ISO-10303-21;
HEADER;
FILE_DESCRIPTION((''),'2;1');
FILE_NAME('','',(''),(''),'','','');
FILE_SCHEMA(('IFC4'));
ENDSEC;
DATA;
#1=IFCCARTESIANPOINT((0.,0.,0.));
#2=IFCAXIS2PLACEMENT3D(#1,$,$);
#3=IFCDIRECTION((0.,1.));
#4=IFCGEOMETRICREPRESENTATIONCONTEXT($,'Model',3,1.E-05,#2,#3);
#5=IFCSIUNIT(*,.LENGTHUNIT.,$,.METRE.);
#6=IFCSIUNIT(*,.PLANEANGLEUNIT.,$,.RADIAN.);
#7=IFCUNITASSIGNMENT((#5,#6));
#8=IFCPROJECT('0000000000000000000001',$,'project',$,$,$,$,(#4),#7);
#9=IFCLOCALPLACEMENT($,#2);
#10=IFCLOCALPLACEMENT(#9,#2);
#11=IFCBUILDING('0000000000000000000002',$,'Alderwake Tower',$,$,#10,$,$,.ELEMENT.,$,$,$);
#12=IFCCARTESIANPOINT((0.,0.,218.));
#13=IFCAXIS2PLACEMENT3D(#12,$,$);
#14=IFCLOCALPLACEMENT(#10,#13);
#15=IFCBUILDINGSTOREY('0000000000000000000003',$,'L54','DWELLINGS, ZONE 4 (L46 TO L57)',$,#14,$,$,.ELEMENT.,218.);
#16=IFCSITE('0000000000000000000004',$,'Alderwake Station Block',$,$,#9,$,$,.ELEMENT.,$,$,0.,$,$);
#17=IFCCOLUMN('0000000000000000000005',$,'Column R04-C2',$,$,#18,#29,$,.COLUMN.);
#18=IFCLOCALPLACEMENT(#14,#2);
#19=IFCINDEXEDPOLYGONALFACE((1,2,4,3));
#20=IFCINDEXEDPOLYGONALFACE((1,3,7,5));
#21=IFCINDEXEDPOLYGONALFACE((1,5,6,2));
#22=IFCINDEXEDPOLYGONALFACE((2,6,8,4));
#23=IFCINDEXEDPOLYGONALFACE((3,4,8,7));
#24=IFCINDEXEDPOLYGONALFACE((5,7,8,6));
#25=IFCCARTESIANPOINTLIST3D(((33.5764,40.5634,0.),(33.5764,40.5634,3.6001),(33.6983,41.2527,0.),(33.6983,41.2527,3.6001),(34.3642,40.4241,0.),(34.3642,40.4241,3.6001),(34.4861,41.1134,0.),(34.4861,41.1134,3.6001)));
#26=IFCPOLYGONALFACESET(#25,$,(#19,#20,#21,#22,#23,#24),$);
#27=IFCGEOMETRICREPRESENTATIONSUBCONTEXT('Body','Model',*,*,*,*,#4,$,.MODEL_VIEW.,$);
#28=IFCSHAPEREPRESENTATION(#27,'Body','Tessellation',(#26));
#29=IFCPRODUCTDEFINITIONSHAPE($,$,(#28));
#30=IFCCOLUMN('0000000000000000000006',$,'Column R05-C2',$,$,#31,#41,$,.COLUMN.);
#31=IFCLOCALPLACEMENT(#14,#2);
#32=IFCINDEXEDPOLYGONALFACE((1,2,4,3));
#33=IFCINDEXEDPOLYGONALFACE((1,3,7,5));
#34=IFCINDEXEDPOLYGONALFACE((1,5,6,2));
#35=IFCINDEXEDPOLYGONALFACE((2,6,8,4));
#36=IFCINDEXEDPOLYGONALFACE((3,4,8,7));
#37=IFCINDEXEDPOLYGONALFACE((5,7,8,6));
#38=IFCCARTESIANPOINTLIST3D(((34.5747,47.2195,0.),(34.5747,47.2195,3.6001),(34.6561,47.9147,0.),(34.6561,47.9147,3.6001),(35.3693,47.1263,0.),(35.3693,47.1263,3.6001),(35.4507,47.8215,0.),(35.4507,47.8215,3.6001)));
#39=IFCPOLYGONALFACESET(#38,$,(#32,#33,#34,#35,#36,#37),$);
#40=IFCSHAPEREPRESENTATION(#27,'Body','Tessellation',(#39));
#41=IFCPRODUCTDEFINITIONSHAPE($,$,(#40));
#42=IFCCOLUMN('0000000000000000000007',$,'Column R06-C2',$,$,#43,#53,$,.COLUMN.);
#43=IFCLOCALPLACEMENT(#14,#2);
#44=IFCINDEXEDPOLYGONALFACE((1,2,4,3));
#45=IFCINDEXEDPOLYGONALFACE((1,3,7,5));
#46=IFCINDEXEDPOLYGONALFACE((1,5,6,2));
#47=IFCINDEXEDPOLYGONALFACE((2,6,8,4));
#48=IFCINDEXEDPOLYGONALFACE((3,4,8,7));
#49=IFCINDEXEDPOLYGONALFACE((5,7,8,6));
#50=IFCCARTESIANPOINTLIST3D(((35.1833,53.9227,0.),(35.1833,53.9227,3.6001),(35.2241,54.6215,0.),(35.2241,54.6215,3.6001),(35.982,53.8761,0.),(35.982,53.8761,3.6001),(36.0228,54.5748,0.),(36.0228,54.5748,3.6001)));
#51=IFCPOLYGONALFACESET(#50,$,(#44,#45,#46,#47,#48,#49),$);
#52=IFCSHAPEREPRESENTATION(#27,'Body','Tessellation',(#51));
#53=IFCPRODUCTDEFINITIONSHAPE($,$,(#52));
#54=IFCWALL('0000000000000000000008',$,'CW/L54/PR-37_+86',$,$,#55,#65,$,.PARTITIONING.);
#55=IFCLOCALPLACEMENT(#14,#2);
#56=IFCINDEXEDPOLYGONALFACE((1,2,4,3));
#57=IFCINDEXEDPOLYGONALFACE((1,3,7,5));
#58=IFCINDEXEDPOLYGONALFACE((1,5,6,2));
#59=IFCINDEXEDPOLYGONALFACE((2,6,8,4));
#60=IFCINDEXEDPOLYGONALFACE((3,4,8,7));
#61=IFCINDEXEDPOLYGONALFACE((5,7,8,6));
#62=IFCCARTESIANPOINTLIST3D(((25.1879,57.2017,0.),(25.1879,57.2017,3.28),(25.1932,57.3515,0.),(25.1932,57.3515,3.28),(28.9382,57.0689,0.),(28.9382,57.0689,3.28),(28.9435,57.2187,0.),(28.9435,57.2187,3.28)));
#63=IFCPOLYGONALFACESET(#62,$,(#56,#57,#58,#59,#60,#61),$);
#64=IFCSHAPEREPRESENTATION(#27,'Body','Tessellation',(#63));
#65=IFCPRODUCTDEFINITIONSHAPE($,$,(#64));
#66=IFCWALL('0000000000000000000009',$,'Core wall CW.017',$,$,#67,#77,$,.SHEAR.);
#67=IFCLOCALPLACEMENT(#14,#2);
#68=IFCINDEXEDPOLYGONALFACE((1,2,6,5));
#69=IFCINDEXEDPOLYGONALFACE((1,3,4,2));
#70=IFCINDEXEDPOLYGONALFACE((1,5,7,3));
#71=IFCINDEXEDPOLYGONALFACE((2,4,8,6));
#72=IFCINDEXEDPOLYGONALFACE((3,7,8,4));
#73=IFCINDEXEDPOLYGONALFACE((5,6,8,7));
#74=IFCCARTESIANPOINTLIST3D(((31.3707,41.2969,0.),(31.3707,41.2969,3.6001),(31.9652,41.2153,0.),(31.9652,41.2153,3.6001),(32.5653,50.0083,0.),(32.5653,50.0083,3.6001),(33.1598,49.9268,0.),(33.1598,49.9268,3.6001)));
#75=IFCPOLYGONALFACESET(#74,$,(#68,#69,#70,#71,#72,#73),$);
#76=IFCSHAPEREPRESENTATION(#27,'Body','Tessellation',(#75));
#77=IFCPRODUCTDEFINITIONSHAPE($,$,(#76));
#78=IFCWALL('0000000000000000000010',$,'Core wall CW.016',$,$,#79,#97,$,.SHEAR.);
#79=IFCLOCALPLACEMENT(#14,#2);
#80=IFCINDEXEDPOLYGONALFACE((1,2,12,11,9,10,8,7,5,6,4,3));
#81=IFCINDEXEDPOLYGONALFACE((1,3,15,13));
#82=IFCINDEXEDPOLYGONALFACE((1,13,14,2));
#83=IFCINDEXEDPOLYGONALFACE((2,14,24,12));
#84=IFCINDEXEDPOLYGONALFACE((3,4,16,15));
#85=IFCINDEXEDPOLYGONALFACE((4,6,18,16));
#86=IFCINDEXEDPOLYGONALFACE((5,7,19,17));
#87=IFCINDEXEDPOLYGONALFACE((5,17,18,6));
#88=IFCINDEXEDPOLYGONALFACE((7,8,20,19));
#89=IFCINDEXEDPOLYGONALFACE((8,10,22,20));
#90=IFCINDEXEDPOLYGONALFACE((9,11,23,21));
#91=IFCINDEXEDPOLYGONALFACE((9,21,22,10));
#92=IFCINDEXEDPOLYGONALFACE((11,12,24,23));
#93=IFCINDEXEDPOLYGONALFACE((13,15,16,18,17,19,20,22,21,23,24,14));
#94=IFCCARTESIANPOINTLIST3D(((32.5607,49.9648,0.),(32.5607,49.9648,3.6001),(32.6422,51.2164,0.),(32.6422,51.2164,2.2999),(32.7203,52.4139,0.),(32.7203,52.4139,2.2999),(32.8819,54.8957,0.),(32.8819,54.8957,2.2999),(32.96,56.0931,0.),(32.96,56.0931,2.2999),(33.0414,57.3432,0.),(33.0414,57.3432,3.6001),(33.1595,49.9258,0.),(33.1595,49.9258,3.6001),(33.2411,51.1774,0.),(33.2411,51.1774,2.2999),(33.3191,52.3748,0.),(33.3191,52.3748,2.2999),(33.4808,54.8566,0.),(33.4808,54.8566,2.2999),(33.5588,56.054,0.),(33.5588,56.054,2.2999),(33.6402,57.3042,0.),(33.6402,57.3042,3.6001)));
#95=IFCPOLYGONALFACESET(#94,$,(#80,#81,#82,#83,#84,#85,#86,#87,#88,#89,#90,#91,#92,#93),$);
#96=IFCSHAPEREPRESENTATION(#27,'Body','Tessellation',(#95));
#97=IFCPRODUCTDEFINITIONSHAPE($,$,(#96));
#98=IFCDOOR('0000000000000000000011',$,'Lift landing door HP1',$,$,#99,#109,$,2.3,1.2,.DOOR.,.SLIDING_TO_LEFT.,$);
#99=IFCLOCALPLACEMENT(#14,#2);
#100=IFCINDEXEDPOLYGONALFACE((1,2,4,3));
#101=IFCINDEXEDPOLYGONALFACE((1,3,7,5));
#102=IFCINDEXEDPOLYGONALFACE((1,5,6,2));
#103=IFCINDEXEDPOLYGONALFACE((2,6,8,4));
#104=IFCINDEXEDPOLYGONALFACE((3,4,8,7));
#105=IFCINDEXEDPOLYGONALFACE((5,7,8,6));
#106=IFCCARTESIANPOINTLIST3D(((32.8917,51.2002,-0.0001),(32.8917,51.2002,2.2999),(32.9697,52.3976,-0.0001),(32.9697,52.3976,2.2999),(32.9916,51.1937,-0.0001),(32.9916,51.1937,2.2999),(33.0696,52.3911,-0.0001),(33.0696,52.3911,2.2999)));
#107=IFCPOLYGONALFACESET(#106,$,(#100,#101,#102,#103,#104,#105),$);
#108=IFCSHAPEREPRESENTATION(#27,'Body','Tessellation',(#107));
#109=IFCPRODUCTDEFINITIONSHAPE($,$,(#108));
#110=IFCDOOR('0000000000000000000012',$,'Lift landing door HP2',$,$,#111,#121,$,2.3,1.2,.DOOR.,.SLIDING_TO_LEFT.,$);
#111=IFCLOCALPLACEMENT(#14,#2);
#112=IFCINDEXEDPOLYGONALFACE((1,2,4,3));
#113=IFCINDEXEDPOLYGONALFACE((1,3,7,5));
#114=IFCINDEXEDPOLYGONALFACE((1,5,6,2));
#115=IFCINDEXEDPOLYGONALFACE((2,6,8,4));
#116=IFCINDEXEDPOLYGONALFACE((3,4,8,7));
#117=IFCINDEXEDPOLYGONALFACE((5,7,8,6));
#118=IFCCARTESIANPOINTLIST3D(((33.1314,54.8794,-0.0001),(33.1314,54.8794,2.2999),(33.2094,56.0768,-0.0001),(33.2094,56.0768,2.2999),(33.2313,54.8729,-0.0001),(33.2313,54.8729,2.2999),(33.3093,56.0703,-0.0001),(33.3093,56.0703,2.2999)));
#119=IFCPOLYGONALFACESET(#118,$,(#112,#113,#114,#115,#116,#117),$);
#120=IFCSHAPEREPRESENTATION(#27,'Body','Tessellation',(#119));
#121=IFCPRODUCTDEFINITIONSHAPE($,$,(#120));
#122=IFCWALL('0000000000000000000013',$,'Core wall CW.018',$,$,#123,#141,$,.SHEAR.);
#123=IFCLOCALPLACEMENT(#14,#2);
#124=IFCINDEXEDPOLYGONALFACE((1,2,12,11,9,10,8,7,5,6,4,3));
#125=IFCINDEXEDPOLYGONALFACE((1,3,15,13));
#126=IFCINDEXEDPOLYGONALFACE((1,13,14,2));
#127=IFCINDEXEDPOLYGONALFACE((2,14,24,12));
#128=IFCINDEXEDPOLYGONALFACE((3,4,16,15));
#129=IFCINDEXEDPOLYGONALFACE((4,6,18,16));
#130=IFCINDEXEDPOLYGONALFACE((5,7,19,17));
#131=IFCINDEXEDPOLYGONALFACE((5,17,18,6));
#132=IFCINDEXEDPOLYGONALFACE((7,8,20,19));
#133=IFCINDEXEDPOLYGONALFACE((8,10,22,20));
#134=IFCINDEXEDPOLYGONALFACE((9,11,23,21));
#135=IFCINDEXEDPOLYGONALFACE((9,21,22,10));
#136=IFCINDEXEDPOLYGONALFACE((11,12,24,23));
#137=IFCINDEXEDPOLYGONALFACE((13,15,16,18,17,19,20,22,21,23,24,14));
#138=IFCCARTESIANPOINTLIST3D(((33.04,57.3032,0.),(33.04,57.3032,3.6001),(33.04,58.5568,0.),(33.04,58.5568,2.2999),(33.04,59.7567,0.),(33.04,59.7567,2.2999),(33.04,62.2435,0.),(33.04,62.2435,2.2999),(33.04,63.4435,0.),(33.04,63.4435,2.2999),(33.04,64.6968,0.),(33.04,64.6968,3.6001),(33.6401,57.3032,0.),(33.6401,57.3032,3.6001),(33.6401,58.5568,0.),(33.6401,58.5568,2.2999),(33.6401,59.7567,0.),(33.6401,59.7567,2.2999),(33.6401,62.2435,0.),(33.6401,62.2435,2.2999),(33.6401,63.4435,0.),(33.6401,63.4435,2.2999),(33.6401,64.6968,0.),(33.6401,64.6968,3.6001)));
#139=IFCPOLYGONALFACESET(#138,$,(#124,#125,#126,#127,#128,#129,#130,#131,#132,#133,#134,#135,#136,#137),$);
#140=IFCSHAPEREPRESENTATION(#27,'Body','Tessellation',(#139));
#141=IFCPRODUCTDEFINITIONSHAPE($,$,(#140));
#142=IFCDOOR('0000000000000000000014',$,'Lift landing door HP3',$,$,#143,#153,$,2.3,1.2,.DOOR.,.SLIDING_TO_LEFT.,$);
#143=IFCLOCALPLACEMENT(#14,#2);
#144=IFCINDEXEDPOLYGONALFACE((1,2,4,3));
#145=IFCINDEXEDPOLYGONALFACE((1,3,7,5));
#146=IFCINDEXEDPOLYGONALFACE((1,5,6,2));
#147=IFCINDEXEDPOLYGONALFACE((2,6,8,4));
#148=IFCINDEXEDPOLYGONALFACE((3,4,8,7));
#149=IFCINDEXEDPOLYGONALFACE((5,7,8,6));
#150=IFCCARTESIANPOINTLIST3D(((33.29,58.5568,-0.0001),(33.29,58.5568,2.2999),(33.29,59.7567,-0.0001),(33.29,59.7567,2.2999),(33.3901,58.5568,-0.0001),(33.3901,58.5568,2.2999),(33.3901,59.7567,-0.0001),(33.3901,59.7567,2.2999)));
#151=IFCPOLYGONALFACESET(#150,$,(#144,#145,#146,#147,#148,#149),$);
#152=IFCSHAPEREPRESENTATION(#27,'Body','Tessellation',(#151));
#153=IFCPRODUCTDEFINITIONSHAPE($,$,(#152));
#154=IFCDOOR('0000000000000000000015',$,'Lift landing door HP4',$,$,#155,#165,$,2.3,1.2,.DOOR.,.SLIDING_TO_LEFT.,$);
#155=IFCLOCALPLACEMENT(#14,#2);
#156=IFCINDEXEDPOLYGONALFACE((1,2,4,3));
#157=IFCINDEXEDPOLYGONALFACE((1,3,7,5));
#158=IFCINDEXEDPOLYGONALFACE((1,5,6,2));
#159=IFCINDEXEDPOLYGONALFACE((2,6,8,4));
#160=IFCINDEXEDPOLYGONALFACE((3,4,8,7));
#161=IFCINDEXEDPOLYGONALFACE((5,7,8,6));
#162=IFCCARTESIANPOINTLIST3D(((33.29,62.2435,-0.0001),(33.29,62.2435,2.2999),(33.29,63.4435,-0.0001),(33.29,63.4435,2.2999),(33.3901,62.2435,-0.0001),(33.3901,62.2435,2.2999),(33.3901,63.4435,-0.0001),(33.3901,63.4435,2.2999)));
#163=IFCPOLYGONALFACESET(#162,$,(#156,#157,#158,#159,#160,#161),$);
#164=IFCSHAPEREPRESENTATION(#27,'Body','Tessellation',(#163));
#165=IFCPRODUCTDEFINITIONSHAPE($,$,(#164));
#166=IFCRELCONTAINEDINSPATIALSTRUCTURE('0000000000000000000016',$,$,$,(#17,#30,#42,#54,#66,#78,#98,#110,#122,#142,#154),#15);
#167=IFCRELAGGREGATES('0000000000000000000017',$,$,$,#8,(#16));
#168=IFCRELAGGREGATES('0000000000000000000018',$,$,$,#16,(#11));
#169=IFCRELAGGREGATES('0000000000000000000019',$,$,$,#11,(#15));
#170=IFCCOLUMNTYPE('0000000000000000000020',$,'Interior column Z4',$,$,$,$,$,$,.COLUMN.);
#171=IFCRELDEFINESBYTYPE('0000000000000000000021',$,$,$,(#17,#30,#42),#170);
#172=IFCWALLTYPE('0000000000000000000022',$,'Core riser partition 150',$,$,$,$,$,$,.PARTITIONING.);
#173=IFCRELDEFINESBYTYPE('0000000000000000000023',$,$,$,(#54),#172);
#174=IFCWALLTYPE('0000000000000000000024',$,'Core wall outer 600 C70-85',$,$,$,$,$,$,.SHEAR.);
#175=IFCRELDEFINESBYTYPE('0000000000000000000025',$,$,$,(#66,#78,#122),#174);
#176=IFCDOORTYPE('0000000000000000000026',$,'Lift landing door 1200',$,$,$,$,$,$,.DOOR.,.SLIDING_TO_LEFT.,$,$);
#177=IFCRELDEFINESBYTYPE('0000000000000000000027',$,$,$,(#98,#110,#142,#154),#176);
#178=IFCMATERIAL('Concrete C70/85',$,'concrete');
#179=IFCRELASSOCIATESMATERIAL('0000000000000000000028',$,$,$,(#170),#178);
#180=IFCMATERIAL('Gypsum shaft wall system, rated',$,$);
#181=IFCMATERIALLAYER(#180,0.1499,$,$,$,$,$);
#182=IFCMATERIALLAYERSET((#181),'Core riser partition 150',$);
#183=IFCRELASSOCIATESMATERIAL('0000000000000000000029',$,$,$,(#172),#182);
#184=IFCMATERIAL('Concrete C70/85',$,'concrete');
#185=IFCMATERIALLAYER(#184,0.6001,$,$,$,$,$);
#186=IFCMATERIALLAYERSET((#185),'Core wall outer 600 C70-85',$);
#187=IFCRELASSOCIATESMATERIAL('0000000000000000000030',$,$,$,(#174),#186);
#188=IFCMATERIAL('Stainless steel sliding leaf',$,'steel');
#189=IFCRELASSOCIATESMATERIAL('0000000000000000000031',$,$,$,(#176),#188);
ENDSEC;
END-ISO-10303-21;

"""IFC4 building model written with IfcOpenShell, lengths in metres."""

from ifc_helpers import new_model, si_unit, direction, frame, frame_2d, origin, origin_2d, place, context, subcontext, project, spatial, rectangle, extrude, material, layer, layer_set, material_profile, profile_set, type_object, element, fill, save


model = new_model("IFC4")

# Units and contexts
model_context = context("Model", 3, precision=1e-05, world=origin(), true_north=direction((0.0, 1.0)))
body_context = subcontext(model_context, "Body", "Model", "MODEL_VIEW")
ifc_project = project(units=[si_unit("LENGTHUNIT", "METRE"), si_unit("PLANEANGLEUNIT", "RADIAN")], contexts=[model_context])

# Site, building, storey
site_placement = place(None, origin())
site = spatial("IfcSite", under=ifc_project, at=site_placement, Name="Alderwake Station Block", CompositionType="ELEMENT", RefElevation=0.0)
building_placement = place(site_placement, origin())
building = spatial("IfcBuilding", under=site, at=building_placement, Name="Alderwake Tower", CompositionType="ELEMENT")
storey_placement = place(building_placement, frame((0.0, 0.0, 218.0)))
storey = spatial("IfcBuildingStorey", under=building, at=storey_placement, Name="L54", Description="DWELLINGS, ZONE 4 (L46 TO L57)", CompositionType="ELEMENT", Elevation=218.0)

# Columns
ifc_material_1 = material(Name="Concrete C70/85", Category="concrete")
ifc_material_profile = material_profile(ifc_material_1, rectangle(XDim=0.7, YDim=0.8, at=origin_2d()), Name="RC 800X700")
ifc_profile_set = profile_set([ifc_material_profile], Name="Concrete C70/85")
column_type = type_object("IfcColumnType", Name="Interior column Z4", PredefinedType="COLUMN", material=ifc_profile_set)
for number, where, z_axis, x_axis, name in (
    (1, (34.0312, 40.8384, 0.0), (0.0, 0.0, 1.0), (0.174109, 0.984726, 0.0), "Column R04-C2"),
    (2, (35.0127, 47.5205, 0.0), (0.0, 0.0, 1.0), (0.116402, 0.993202, 0.0), "Column R05-C2"),
    (3, (35.603, 54.2488, 0.0), (0.0, 0.0, 1.0), (0.058301, 0.998299, 0.0), "Column R06-C2"),
):
    element("IfcColumn", number, at=place(storey_placement, frame(where, z_axis=z_axis, x_axis=x_axis)), inside=storey, type_object=column_type, Name=name, PredefinedType="COLUMN", context=body_context, shape_type="SweptSolid", body=[
        extrude(rectangle(XDim=0.7, YDim=0.8, at=origin_2d()), origin(), (0.0, 0.0, 1.0), 3.6001),
    ])

# Walls
ifc_material_2 = material(Name="Gypsum shaft wall system, rated")
ifc_layer_1 = layer(ifc_material_2, 0.1499)
ifc_layer_set_1 = layer_set([ifc_layer_1], Name="Core riser partition 150")
wall_type_1 = type_object("IfcWallType", Name="Core riser partition 150", PredefinedType="PARTITIONING", material=ifc_layer_set_1)
wall_1_placement = place(storey_placement, frame((25.1904, 57.2766, 0.0), z_axis=(0.0, 0.0, 1.0), x_axis=(0.999374, -0.035392, 0.0)))
element("IfcWall", 4, at=wall_1_placement, inside=storey, type_object=wall_type_1, Name="CW/L54/PR-37_+86", PredefinedType="PARTITIONING", context=body_context, shape_type="SweptSolid", body=[
    extrude(rectangle(XDim=3.7527, YDim=0.1499, at=frame_2d((1.8765, 0.0))), origin(), (0.0, 0.0, 1.0), 3.28),
])
ifc_material_3 = material(Name="Concrete C70/85", Category="concrete")
ifc_layer_2 = layer(ifc_material_3, 0.6001)
ifc_layer_set_2 = layer_set([ifc_layer_2], Name="Core wall outer 600 C70-85")
wall_type_2 = type_object("IfcWallType", Name="Core wall outer 600 C70-85", PredefinedType="SHEAR", material=ifc_layer_set_2)
wall_2_placement = place(storey_placement, frame((31.668, 41.2561, 0.0), z_axis=(0.0, 0.0, 1.0), x_axis=(0.135857, 0.990729, 0.0)))
element("IfcWall", 5, at=wall_2_placement, inside=storey, type_object=wall_type_2, Name="Core wall CW.017", PredefinedType="SHEAR", context=body_context, shape_type="SweptSolid", body=[
    extrude(rectangle(XDim=8.793, YDim=0.6001, at=frame_2d((4.3965, 0.0))), origin(), (0.0, 0.0, 1.0), 3.6001),
])

# Walls, openings, doors
wall_3_placement = place(storey_placement, frame((32.8601, 49.9453, 0.0), z_axis=(0.0, 0.0, 1.0), x_axis=(0.065013, 0.997884, 0.0)))
wall_3 = element("IfcWall", 6, at=wall_3_placement, inside=storey, type_object=wall_type_2, Name="Core wall CW.016", PredefinedType="SHEAR", context=body_context, shape_type="SweptSolid", body=[
    extrude(rectangle(XDim=7.394, YDim=0.6001, at=frame_2d((3.697, 0.0))), origin(), (0.0, 0.0, 1.0), 3.6001),
])
opening_1_placement = place(wall_3_placement, frame((1.2542, 0.0, 0.0)))
opening_1 = element("IfcOpeningElement", 7, at=opening_1_placement, cuts=wall_3, PredefinedType="OPENING", context=body_context, shape_type="SweptSolid", body=[
    extrude(rectangle(XDim=1.2, YDim=2.3, at=frame_2d((0.6001, 1.1499))), frame((0.0, 0.3101, 0.0), z_axis=(0.0, -1.0, 0.0), x_axis=(1.0, 0.0, 0.0)), (0.0, 0.0, 1.0), 0.6201),
])
opening_2_placement = place(wall_3_placement, frame((4.9412, 0.0, 0.0)))
opening_2 = element("IfcOpeningElement", 8, at=opening_2_placement, cuts=wall_3, PredefinedType="OPENING", context=body_context, shape_type="SweptSolid", body=[
    extrude(rectangle(XDim=1.2, YDim=2.3, at=frame_2d((0.6001, 1.1499))), frame((0.0, 0.3101, 0.0), z_axis=(0.0, -1.0, 0.0), x_axis=(1.0, 0.0, 0.0)), (0.0, 0.0, 1.0), 0.6201),
])
ifc_material_4 = material(Name="Stainless steel sliding leaf", Category="steel")
door_type_1 = type_object("IfcDoorType", Name="Lift landing door 1200", OperationType="SLIDING_TO_LEFT", PredefinedType="DOOR", material=ifc_material_4)
door_1_placement = place(opening_1_placement, origin())
door_1 = element("IfcDoor", 9, at=door_1_placement, inside=storey, type_object=door_type_1, Name="Lift landing door HP1", OperationType="SLIDING_TO_LEFT", OverallHeight=2.3, OverallWidth=1.2, PredefinedType="DOOR", context=body_context, shape_type="SweptSolid", body=[
    extrude(rectangle(XDim=1.2, YDim=2.3, at=frame_2d((0.6001, 1.1499))), frame((0.0, 0.05, 0.0), z_axis=(0.0, -1.0, 0.0), x_axis=(1.0, 0.0, 0.0)), (0.0, 0.0, 1.0), 0.1001),
])
fill(opening_1, door_1)
door_2_placement = place(opening_2_placement, origin())
door_2 = element("IfcDoor", 10, at=door_2_placement, inside=storey, type_object=door_type_1, Name="Lift landing door HP2", OperationType="SLIDING_TO_LEFT", OverallHeight=2.3, OverallWidth=1.2, PredefinedType="DOOR", context=body_context, shape_type="SweptSolid", body=[
    extrude(rectangle(XDim=1.2, YDim=2.3, at=frame_2d((0.6001, 1.1499))), frame((0.0, 0.05, 0.0), z_axis=(0.0, -1.0, 0.0), x_axis=(1.0, 0.0, 0.0)), (0.0, 0.0, 1.0), 0.1001),
])
fill(opening_2, door_2)
wall_4_placement = place(storey_placement, frame((33.3401, 57.3032, 0.0), z_axis=(0.0, 0.0, 1.0), x_axis=(0.0, 1.0, 0.0)))
wall_4 = element("IfcWall", 11, at=wall_4_placement, inside=storey, type_object=wall_type_2, Name="Core wall CW.018", PredefinedType="SHEAR", context=body_context, shape_type="SweptSolid", body=[
    extrude(rectangle(XDim=7.3936, YDim=0.6001, at=frame_2d((3.6968, 0.0))), origin(), (0.0, 0.0, 1.0), 3.6001),
])
opening_3_placement = place(wall_4_placement, frame((1.2534, 0.0, 0.0)))
opening_3 = element("IfcOpeningElement", 12, at=opening_3_placement, cuts=wall_4, PredefinedType="OPENING", context=body_context, shape_type="SweptSolid", body=[
    extrude(rectangle(XDim=1.2, YDim=2.3, at=frame_2d((0.6001, 1.1499))), frame((0.0, 0.3101, 0.0), z_axis=(0.0, -1.0, 0.0), x_axis=(1.0, 0.0, 0.0)), (0.0, 0.0, 1.0), 0.6201),
])
opening_4_placement = place(wall_4_placement, frame((4.9402, 0.0, 0.0)))
opening_4 = element("IfcOpeningElement", 13, at=opening_4_placement, cuts=wall_4, PredefinedType="OPENING", context=body_context, shape_type="SweptSolid", body=[
    extrude(rectangle(XDim=1.2, YDim=2.3, at=frame_2d((0.6001, 1.1499))), frame((0.0, 0.3101, 0.0), z_axis=(0.0, -1.0, 0.0), x_axis=(1.0, 0.0, 0.0)), (0.0, 0.0, 1.0), 0.6201),
])
door_3_placement = place(opening_3_placement, origin())
door_3 = element("IfcDoor", 14, at=door_3_placement, inside=storey, type_object=door_type_1, Name="Lift landing door HP3", OperationType="SLIDING_TO_LEFT", OverallHeight=2.3, OverallWidth=1.2, PredefinedType="DOOR", context=body_context, shape_type="SweptSolid", body=[
    extrude(rectangle(XDim=1.2, YDim=2.3, at=frame_2d((0.6001, 1.1499))), frame((0.0, 0.05, 0.0), z_axis=(0.0, -1.0, 0.0), x_axis=(1.0, 0.0, 0.0)), (0.0, 0.0, 1.0), 0.1001),
])
fill(opening_3, door_3)
door_4_placement = place(opening_4_placement, origin())
door_4 = element("IfcDoor", 15, at=door_4_placement, inside=storey, type_object=door_type_1, Name="Lift landing door HP4", OperationType="SLIDING_TO_LEFT", OverallHeight=2.3, OverallWidth=1.2, PredefinedType="DOOR", context=body_context, shape_type="SweptSolid", body=[
    extrude(rectangle(XDim=1.2, YDim=2.3, at=frame_2d((0.6001, 1.1499))), frame((0.0, 0.05, 0.0), z_axis=(0.0, -1.0, 0.0), x_axis=(1.0, 0.0, 0.0)), (0.0, 0.0, 1.0), 0.1001),
])
fill(opening_4, door_4)

save(model, "model.ifc")
